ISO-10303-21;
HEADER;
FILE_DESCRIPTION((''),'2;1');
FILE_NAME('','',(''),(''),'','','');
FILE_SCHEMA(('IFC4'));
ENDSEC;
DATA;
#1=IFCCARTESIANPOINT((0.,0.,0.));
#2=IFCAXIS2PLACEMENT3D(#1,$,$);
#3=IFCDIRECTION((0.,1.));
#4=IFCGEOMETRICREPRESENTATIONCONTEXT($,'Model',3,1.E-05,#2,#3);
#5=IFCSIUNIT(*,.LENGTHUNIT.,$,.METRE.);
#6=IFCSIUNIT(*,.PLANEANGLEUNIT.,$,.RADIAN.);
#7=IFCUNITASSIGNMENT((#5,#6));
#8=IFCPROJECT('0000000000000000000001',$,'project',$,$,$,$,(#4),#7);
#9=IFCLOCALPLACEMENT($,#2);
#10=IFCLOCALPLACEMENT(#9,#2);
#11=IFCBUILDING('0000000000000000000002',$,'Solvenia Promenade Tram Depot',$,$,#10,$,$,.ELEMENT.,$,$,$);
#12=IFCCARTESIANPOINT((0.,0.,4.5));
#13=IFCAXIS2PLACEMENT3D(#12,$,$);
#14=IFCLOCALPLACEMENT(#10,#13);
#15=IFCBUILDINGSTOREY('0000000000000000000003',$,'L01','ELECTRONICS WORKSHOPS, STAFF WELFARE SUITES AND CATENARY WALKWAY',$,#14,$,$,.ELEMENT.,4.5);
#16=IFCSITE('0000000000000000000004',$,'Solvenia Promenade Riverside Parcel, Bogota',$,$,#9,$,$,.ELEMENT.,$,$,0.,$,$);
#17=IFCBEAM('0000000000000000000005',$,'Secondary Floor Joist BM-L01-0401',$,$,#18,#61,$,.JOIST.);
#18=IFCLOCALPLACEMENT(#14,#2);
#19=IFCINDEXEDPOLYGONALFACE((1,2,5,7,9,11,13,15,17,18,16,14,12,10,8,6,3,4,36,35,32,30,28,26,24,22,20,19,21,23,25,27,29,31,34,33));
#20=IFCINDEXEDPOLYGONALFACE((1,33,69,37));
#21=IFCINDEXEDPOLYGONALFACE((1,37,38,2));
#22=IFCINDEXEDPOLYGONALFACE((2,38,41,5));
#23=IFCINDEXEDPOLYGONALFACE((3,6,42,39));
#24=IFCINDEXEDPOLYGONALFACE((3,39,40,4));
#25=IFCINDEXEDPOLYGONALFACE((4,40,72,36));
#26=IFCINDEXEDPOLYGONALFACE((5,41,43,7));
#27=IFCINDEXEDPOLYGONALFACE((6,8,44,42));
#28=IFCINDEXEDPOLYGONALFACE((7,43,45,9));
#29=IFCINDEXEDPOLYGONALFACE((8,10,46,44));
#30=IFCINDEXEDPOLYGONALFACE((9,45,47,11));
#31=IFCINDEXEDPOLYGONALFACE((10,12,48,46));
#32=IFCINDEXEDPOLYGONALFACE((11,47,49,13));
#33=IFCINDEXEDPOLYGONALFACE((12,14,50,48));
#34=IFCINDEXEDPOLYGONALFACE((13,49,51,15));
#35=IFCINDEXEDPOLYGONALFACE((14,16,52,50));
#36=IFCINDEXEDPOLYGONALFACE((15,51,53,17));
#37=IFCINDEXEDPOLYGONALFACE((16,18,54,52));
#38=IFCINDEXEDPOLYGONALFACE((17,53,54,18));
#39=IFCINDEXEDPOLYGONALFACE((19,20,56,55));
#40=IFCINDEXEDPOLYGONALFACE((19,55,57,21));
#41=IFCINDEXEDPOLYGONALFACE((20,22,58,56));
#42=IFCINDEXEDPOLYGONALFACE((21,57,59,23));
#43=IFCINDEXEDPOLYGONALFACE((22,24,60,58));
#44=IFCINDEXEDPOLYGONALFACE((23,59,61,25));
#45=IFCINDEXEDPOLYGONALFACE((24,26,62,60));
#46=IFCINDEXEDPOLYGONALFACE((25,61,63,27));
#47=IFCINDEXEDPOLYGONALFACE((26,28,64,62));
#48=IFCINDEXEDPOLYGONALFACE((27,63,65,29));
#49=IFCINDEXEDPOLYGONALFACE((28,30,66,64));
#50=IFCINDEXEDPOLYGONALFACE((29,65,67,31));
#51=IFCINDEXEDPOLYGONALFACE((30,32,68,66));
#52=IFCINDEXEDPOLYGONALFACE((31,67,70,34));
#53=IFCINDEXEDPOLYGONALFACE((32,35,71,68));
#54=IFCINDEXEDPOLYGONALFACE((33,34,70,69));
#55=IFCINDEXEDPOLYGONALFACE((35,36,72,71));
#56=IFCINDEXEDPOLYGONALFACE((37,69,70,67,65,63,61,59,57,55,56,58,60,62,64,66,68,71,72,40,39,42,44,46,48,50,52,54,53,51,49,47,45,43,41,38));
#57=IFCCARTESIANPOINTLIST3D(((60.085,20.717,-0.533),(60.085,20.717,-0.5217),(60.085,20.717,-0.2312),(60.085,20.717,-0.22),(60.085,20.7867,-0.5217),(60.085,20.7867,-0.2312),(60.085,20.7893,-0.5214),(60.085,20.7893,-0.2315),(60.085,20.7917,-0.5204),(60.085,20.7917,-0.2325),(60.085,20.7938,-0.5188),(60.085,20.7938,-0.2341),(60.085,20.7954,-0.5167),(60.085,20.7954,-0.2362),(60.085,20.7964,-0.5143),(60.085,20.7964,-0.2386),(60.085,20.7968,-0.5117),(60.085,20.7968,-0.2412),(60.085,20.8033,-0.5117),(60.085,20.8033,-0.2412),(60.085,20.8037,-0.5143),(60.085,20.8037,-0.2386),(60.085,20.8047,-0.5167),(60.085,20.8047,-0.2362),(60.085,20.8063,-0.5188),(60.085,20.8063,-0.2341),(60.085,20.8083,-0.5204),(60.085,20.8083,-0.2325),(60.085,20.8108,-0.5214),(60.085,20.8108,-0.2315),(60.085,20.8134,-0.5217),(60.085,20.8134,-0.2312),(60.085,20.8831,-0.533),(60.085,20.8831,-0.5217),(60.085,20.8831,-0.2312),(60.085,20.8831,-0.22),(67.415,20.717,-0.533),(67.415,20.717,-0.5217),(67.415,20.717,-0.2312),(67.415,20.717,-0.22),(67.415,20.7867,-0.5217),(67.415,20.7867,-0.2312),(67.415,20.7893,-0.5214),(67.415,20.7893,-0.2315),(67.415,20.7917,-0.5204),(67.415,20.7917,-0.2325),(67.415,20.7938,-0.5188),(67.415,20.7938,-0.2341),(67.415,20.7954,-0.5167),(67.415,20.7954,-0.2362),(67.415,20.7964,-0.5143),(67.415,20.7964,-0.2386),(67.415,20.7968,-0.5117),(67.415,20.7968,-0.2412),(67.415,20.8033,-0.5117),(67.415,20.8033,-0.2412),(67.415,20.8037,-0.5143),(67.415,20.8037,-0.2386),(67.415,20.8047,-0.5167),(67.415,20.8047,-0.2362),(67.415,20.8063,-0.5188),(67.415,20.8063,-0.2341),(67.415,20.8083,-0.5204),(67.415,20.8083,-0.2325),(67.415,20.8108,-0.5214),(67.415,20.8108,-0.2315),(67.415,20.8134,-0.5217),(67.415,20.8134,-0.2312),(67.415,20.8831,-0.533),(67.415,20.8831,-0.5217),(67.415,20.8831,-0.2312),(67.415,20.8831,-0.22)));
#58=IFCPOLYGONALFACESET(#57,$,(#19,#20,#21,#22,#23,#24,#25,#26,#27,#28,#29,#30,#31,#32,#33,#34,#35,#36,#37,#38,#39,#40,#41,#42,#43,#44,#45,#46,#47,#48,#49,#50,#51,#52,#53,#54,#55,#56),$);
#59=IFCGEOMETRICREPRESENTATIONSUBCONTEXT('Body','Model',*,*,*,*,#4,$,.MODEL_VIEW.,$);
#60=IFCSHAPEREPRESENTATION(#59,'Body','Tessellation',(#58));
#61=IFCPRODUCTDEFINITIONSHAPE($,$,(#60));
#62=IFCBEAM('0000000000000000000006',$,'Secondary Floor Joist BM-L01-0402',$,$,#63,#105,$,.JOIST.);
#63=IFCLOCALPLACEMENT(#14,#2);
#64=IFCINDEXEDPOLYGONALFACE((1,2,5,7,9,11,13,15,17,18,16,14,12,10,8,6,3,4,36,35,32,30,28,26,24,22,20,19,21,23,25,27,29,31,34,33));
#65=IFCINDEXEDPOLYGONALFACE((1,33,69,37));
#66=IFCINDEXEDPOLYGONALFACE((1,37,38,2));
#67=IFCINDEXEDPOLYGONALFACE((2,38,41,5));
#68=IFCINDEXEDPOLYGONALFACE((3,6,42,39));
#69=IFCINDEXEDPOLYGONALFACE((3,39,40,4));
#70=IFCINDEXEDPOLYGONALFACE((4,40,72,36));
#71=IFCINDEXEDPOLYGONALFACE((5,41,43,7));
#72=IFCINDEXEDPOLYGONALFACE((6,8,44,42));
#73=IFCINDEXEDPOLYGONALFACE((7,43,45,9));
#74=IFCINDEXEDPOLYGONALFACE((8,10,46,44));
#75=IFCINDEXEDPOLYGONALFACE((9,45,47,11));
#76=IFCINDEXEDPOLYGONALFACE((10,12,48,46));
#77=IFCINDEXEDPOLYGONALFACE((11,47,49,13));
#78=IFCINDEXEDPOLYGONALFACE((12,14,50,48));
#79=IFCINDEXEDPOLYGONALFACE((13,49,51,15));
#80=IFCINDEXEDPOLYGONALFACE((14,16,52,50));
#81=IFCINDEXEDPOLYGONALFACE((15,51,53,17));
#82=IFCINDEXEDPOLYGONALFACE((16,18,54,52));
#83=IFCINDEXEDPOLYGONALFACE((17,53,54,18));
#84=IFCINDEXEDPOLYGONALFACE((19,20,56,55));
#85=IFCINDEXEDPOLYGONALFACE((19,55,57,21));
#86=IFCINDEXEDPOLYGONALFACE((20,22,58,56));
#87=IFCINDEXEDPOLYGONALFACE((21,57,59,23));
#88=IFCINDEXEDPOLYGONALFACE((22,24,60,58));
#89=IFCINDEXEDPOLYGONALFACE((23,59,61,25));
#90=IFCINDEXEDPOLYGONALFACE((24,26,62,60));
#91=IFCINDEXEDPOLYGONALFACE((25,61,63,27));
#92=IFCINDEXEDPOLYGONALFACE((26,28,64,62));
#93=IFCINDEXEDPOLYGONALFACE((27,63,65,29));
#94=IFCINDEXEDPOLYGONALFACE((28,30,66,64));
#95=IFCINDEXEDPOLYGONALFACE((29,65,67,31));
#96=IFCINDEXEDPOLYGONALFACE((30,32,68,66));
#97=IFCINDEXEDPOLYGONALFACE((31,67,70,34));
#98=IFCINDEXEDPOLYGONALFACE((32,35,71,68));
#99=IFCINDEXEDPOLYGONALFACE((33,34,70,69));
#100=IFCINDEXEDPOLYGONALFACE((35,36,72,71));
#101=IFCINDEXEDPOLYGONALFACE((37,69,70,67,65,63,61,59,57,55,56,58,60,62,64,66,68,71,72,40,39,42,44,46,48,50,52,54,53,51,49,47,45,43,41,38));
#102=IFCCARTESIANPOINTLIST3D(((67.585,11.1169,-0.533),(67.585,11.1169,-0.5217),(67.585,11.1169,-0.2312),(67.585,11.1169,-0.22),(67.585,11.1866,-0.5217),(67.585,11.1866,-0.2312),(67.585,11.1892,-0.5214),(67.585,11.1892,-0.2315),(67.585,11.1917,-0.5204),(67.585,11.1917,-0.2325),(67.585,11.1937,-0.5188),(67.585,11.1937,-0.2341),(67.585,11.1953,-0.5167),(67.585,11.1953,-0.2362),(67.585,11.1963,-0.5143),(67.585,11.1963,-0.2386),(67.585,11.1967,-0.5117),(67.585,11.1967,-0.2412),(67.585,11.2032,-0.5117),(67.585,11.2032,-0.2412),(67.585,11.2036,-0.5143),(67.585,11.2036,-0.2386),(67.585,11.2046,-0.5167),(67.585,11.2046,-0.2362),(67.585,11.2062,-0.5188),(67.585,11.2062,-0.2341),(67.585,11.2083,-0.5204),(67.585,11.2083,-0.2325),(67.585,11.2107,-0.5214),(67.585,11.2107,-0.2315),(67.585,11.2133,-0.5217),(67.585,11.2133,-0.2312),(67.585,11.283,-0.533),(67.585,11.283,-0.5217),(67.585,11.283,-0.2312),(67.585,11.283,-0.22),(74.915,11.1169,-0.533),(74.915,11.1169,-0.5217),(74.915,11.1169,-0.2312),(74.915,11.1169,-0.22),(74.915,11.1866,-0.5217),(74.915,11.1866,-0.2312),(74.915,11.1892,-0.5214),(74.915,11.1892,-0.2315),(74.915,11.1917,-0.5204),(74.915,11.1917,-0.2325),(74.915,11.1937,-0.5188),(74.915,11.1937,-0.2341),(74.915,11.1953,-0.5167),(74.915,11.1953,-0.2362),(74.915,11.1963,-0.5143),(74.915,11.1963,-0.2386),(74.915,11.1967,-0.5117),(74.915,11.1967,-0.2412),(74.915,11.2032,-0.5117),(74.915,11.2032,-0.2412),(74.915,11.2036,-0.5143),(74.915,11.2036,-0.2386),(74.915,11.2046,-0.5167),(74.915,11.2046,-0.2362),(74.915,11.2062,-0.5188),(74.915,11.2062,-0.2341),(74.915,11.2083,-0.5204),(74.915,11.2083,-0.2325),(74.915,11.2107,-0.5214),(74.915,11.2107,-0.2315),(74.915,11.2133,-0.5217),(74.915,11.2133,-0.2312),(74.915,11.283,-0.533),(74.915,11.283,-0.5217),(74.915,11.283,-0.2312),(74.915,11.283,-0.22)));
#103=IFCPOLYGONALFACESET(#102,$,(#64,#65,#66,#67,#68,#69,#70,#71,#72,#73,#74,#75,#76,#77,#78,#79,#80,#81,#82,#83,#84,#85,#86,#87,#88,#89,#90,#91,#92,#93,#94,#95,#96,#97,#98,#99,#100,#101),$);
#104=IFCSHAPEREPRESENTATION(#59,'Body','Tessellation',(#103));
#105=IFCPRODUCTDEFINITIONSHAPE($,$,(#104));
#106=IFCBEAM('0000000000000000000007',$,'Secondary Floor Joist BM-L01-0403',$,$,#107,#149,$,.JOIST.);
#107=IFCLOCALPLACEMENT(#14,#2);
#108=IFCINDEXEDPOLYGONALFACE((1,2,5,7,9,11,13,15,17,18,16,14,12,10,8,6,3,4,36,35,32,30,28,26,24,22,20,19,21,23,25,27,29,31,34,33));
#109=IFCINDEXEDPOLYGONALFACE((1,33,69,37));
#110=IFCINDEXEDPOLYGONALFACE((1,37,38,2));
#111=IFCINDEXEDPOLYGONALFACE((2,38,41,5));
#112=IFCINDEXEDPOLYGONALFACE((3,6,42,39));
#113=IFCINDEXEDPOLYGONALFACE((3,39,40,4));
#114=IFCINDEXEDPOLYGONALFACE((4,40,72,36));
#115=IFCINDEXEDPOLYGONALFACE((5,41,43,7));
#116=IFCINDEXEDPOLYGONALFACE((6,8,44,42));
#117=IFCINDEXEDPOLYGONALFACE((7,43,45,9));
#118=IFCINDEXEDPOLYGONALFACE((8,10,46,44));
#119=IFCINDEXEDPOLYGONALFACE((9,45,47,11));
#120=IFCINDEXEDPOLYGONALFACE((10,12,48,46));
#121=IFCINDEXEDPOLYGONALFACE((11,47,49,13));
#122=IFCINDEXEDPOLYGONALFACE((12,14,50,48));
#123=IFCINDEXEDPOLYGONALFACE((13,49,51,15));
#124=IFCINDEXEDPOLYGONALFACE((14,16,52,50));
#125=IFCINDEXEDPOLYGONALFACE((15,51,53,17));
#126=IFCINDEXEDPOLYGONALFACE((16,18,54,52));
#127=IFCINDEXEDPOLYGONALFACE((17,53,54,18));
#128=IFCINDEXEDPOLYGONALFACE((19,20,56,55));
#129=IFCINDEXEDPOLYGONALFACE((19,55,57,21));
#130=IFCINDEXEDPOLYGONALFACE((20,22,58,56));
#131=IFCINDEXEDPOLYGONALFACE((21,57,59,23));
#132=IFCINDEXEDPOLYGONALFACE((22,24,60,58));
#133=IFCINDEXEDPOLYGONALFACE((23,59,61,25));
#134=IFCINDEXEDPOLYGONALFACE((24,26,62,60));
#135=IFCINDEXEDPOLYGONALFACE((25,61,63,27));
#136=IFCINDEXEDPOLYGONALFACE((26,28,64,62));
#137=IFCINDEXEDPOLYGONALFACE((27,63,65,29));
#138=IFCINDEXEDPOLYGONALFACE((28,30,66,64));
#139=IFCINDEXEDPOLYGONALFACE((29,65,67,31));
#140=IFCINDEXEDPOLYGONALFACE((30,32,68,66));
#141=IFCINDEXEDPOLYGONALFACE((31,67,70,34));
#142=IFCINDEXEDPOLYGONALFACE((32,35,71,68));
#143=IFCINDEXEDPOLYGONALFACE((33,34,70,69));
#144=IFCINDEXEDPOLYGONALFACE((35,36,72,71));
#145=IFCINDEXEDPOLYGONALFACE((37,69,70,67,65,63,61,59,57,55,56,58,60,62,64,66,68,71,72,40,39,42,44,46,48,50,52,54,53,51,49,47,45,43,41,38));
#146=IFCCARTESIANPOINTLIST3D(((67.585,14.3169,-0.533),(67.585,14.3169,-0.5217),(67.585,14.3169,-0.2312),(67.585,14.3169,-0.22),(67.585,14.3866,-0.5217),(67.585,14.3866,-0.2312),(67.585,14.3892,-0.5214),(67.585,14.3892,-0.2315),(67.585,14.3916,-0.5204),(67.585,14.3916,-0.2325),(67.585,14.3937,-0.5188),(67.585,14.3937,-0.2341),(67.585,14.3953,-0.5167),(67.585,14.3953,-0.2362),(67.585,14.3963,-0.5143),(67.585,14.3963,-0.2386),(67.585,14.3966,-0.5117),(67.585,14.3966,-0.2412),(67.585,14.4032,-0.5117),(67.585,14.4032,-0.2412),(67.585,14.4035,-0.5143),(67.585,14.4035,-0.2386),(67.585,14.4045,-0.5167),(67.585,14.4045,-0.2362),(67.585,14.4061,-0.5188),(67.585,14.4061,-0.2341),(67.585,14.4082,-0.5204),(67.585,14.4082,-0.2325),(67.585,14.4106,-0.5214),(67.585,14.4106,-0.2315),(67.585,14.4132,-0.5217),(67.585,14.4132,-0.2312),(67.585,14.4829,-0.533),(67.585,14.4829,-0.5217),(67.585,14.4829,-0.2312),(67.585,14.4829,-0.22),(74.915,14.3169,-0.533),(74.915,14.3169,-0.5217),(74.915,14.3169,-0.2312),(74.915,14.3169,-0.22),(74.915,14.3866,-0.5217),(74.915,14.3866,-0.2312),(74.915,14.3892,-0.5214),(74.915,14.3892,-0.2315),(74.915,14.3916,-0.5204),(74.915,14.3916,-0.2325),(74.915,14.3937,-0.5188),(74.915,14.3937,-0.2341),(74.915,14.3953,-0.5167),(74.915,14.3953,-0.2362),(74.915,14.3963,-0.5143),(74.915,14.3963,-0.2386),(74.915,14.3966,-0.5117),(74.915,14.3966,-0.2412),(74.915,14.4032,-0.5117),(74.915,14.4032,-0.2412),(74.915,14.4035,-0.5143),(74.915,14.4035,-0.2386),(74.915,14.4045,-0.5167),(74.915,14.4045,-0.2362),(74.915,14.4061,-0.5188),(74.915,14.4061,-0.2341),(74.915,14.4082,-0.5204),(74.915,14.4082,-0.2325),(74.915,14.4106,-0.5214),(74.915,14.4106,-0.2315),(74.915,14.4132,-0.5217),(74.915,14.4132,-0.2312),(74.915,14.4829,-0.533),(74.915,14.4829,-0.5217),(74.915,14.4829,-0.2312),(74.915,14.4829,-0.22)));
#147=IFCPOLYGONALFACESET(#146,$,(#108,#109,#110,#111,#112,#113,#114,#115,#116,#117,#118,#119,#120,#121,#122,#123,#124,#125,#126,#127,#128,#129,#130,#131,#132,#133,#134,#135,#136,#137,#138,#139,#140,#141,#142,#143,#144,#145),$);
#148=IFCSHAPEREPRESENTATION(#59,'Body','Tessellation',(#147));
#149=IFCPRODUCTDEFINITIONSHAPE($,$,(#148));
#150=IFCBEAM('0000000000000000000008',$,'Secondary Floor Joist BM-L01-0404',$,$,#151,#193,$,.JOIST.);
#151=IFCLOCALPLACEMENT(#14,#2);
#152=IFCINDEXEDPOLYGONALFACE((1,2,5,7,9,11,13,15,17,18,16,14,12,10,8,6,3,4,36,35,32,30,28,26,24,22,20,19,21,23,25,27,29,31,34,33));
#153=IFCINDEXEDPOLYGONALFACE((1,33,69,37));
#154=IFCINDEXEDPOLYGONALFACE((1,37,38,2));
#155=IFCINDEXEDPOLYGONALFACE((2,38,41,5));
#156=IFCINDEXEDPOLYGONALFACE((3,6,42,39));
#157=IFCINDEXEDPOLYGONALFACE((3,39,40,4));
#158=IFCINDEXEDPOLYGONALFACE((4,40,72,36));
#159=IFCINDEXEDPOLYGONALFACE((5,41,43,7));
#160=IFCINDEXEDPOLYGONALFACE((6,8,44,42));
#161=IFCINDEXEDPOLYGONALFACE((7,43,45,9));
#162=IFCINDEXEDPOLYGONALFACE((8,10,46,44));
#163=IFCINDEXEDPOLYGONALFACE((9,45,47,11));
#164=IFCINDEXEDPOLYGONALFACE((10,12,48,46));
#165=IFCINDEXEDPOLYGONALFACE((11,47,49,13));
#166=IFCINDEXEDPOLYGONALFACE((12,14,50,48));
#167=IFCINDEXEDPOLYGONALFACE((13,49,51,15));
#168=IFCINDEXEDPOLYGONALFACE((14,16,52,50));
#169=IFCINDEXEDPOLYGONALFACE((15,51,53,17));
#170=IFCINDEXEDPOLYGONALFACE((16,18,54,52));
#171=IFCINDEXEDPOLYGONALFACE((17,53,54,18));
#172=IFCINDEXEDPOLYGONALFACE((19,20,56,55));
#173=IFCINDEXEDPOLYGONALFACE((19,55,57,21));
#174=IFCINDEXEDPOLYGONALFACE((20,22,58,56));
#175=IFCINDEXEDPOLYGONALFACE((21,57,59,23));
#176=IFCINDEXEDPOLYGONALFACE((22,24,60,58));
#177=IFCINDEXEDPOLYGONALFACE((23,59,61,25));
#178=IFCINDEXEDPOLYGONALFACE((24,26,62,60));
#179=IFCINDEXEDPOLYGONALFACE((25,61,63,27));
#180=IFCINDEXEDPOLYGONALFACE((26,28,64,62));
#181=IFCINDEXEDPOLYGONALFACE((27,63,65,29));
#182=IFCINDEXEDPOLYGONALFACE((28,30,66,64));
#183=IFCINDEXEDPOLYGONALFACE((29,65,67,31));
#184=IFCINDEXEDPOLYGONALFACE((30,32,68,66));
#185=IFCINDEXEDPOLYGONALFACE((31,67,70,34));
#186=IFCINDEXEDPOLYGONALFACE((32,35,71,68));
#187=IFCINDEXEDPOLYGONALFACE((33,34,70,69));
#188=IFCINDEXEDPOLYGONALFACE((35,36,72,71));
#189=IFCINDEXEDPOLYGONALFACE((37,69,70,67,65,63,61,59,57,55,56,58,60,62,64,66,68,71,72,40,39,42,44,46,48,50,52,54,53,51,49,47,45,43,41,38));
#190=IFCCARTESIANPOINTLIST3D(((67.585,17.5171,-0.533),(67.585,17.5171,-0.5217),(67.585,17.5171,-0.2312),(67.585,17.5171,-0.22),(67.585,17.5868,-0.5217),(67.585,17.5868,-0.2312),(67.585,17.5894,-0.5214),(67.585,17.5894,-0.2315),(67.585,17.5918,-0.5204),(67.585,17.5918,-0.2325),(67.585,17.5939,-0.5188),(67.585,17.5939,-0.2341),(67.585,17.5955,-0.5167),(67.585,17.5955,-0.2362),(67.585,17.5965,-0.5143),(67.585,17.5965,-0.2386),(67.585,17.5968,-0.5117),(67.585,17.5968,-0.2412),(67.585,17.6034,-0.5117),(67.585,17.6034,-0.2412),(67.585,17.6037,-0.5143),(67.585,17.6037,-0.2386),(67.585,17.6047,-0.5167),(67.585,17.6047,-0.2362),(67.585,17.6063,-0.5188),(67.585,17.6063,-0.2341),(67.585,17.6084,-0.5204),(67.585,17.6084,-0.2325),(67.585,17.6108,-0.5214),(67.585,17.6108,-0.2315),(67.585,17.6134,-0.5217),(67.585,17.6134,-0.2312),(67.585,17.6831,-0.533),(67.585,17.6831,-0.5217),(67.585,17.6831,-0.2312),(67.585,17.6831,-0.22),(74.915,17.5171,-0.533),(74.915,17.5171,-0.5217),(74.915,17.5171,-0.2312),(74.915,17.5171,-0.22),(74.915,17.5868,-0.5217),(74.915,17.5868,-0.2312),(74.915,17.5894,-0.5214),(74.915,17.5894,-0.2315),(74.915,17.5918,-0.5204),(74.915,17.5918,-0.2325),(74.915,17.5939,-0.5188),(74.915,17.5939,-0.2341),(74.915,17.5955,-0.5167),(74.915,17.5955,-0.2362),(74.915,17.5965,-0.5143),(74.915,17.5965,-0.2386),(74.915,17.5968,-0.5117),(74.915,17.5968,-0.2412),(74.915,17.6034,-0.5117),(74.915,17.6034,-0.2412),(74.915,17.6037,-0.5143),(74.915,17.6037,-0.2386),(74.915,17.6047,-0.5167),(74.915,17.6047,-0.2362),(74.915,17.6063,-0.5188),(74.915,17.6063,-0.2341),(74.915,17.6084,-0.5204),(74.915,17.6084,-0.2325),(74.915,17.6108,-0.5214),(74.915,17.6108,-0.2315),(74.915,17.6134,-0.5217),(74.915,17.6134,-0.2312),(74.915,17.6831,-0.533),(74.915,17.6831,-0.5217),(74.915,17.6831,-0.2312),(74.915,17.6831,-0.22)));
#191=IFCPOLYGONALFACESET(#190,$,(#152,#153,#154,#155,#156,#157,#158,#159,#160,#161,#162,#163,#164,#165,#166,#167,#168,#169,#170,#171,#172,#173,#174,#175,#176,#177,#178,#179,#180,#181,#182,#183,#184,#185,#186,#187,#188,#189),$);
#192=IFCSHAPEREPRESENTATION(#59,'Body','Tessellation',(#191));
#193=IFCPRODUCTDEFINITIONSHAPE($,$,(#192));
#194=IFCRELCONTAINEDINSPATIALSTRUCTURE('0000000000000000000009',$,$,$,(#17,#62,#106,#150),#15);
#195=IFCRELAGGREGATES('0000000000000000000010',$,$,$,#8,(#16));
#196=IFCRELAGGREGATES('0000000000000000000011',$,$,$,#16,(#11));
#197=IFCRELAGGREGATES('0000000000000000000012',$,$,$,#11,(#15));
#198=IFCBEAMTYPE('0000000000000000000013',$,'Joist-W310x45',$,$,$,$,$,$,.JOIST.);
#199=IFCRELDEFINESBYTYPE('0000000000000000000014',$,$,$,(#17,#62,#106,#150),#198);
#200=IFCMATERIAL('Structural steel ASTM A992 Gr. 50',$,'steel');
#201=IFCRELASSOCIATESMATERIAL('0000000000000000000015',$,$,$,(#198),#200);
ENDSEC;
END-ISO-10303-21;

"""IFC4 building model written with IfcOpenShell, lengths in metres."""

from ifc_helpers import new_model, si_unit, direction, frame, origin, origin_2d, place, context, subcontext, project, spatial, i_section, extrude, material, material_profile, profile_set, type_object, element, save


model = new_model("IFC4")

# Units and contexts
model_context = context("Model", 3, precision=1e-05, world=origin(), true_north=direction((0.0, 1.0)))
body_context = subcontext(model_context, "Body", "Model", "MODEL_VIEW")
ifc_project = project(units=[si_unit("LENGTHUNIT", "METRE"), si_unit("PLANEANGLEUNIT", "RADIAN")], contexts=[model_context])

# Site, building, storey
site_placement = place(None, origin())
site = spatial("IfcSite", under=ifc_project, at=site_placement, Name="Solvenia Promenade Riverside Parcel, Bogota", CompositionType="ELEMENT", RefElevation=0.0)
building_placement = place(site_placement, origin())
building = spatial("IfcBuilding", under=site, at=building_placement, Name="Solvenia Promenade Tram Depot", CompositionType="ELEMENT")
storey_placement = place(building_placement, frame((0.0, 0.0, 4.5)))
storey = spatial("IfcBuildingStorey", under=building, at=storey_placement, Name="L01", Description="ELECTRONICS WORKSHOPS, STAFF WELFARE SUITES AND CATENARY WALKWAY", CompositionType="ELEMENT", Elevation=4.5)

# Shared definitions
ifc_material_1 = material(Name="Structural steel ASTM A992 Gr. 50", Category="steel")

# Beams
ifc_material_profile_1 = material_profile(ifc_material_1, i_section(OverallWidth=0.166, OverallDepth=0.313, WebThickness=0.0066, FlangeThickness=0.0112, FilletRadius=0.01, at=origin_2d()), Name="W310x45", Category="steel")
ifc_profile_set_1 = profile_set([ifc_material_profile_1], Name="Structural steel ASTM A992 Gr. 50")
beam_type_1 = type_object("IfcBeamType", Name="Joist-W310x45", PredefinedType="JOIST", material=ifc_profile_set_1)
for number, where, z_axis, x_axis, name in (
    (1, (60.085, 20.8, -0.3765), (1.0, 0.0, 0.0), (0.0, 1.0, 0.0), "Secondary Floor Joist BM-L01-0401"),
    (2, (67.585, 11.2, -0.3765), (1.0, 0.0, 0.0), (0.0, 1.0, 0.0), "Secondary Floor Joist BM-L01-0402"),
    (3, (67.585, 14.3999, -0.3765), (1.0, 0.0, 0.0), (0.0, 1.0, 0.0), "Secondary Floor Joist BM-L01-0403"),
    (4, (67.585, 17.6001, -0.3765), (1.0, 0.0, 0.0), (0.0, 1.0, 0.0), "Secondary Floor Joist BM-L01-0404"),
):
    element("IfcBeam", number, at=place(storey_placement, frame(where, z_axis=z_axis, x_axis=x_axis)), inside=storey, type_object=beam_type_1, Name=name, PredefinedType="JOIST", context=body_context, shape_type="SweptSolid", body=[
        extrude(i_section(OverallWidth=0.166, OverallDepth=0.313, WebThickness=0.0066, FlangeThickness=0.0112, FilletRadius=0.01, at=origin_2d()), origin(), (0.0, 0.0, 1.0), 7.3301),
    ])

save(model, "model.ifc")
